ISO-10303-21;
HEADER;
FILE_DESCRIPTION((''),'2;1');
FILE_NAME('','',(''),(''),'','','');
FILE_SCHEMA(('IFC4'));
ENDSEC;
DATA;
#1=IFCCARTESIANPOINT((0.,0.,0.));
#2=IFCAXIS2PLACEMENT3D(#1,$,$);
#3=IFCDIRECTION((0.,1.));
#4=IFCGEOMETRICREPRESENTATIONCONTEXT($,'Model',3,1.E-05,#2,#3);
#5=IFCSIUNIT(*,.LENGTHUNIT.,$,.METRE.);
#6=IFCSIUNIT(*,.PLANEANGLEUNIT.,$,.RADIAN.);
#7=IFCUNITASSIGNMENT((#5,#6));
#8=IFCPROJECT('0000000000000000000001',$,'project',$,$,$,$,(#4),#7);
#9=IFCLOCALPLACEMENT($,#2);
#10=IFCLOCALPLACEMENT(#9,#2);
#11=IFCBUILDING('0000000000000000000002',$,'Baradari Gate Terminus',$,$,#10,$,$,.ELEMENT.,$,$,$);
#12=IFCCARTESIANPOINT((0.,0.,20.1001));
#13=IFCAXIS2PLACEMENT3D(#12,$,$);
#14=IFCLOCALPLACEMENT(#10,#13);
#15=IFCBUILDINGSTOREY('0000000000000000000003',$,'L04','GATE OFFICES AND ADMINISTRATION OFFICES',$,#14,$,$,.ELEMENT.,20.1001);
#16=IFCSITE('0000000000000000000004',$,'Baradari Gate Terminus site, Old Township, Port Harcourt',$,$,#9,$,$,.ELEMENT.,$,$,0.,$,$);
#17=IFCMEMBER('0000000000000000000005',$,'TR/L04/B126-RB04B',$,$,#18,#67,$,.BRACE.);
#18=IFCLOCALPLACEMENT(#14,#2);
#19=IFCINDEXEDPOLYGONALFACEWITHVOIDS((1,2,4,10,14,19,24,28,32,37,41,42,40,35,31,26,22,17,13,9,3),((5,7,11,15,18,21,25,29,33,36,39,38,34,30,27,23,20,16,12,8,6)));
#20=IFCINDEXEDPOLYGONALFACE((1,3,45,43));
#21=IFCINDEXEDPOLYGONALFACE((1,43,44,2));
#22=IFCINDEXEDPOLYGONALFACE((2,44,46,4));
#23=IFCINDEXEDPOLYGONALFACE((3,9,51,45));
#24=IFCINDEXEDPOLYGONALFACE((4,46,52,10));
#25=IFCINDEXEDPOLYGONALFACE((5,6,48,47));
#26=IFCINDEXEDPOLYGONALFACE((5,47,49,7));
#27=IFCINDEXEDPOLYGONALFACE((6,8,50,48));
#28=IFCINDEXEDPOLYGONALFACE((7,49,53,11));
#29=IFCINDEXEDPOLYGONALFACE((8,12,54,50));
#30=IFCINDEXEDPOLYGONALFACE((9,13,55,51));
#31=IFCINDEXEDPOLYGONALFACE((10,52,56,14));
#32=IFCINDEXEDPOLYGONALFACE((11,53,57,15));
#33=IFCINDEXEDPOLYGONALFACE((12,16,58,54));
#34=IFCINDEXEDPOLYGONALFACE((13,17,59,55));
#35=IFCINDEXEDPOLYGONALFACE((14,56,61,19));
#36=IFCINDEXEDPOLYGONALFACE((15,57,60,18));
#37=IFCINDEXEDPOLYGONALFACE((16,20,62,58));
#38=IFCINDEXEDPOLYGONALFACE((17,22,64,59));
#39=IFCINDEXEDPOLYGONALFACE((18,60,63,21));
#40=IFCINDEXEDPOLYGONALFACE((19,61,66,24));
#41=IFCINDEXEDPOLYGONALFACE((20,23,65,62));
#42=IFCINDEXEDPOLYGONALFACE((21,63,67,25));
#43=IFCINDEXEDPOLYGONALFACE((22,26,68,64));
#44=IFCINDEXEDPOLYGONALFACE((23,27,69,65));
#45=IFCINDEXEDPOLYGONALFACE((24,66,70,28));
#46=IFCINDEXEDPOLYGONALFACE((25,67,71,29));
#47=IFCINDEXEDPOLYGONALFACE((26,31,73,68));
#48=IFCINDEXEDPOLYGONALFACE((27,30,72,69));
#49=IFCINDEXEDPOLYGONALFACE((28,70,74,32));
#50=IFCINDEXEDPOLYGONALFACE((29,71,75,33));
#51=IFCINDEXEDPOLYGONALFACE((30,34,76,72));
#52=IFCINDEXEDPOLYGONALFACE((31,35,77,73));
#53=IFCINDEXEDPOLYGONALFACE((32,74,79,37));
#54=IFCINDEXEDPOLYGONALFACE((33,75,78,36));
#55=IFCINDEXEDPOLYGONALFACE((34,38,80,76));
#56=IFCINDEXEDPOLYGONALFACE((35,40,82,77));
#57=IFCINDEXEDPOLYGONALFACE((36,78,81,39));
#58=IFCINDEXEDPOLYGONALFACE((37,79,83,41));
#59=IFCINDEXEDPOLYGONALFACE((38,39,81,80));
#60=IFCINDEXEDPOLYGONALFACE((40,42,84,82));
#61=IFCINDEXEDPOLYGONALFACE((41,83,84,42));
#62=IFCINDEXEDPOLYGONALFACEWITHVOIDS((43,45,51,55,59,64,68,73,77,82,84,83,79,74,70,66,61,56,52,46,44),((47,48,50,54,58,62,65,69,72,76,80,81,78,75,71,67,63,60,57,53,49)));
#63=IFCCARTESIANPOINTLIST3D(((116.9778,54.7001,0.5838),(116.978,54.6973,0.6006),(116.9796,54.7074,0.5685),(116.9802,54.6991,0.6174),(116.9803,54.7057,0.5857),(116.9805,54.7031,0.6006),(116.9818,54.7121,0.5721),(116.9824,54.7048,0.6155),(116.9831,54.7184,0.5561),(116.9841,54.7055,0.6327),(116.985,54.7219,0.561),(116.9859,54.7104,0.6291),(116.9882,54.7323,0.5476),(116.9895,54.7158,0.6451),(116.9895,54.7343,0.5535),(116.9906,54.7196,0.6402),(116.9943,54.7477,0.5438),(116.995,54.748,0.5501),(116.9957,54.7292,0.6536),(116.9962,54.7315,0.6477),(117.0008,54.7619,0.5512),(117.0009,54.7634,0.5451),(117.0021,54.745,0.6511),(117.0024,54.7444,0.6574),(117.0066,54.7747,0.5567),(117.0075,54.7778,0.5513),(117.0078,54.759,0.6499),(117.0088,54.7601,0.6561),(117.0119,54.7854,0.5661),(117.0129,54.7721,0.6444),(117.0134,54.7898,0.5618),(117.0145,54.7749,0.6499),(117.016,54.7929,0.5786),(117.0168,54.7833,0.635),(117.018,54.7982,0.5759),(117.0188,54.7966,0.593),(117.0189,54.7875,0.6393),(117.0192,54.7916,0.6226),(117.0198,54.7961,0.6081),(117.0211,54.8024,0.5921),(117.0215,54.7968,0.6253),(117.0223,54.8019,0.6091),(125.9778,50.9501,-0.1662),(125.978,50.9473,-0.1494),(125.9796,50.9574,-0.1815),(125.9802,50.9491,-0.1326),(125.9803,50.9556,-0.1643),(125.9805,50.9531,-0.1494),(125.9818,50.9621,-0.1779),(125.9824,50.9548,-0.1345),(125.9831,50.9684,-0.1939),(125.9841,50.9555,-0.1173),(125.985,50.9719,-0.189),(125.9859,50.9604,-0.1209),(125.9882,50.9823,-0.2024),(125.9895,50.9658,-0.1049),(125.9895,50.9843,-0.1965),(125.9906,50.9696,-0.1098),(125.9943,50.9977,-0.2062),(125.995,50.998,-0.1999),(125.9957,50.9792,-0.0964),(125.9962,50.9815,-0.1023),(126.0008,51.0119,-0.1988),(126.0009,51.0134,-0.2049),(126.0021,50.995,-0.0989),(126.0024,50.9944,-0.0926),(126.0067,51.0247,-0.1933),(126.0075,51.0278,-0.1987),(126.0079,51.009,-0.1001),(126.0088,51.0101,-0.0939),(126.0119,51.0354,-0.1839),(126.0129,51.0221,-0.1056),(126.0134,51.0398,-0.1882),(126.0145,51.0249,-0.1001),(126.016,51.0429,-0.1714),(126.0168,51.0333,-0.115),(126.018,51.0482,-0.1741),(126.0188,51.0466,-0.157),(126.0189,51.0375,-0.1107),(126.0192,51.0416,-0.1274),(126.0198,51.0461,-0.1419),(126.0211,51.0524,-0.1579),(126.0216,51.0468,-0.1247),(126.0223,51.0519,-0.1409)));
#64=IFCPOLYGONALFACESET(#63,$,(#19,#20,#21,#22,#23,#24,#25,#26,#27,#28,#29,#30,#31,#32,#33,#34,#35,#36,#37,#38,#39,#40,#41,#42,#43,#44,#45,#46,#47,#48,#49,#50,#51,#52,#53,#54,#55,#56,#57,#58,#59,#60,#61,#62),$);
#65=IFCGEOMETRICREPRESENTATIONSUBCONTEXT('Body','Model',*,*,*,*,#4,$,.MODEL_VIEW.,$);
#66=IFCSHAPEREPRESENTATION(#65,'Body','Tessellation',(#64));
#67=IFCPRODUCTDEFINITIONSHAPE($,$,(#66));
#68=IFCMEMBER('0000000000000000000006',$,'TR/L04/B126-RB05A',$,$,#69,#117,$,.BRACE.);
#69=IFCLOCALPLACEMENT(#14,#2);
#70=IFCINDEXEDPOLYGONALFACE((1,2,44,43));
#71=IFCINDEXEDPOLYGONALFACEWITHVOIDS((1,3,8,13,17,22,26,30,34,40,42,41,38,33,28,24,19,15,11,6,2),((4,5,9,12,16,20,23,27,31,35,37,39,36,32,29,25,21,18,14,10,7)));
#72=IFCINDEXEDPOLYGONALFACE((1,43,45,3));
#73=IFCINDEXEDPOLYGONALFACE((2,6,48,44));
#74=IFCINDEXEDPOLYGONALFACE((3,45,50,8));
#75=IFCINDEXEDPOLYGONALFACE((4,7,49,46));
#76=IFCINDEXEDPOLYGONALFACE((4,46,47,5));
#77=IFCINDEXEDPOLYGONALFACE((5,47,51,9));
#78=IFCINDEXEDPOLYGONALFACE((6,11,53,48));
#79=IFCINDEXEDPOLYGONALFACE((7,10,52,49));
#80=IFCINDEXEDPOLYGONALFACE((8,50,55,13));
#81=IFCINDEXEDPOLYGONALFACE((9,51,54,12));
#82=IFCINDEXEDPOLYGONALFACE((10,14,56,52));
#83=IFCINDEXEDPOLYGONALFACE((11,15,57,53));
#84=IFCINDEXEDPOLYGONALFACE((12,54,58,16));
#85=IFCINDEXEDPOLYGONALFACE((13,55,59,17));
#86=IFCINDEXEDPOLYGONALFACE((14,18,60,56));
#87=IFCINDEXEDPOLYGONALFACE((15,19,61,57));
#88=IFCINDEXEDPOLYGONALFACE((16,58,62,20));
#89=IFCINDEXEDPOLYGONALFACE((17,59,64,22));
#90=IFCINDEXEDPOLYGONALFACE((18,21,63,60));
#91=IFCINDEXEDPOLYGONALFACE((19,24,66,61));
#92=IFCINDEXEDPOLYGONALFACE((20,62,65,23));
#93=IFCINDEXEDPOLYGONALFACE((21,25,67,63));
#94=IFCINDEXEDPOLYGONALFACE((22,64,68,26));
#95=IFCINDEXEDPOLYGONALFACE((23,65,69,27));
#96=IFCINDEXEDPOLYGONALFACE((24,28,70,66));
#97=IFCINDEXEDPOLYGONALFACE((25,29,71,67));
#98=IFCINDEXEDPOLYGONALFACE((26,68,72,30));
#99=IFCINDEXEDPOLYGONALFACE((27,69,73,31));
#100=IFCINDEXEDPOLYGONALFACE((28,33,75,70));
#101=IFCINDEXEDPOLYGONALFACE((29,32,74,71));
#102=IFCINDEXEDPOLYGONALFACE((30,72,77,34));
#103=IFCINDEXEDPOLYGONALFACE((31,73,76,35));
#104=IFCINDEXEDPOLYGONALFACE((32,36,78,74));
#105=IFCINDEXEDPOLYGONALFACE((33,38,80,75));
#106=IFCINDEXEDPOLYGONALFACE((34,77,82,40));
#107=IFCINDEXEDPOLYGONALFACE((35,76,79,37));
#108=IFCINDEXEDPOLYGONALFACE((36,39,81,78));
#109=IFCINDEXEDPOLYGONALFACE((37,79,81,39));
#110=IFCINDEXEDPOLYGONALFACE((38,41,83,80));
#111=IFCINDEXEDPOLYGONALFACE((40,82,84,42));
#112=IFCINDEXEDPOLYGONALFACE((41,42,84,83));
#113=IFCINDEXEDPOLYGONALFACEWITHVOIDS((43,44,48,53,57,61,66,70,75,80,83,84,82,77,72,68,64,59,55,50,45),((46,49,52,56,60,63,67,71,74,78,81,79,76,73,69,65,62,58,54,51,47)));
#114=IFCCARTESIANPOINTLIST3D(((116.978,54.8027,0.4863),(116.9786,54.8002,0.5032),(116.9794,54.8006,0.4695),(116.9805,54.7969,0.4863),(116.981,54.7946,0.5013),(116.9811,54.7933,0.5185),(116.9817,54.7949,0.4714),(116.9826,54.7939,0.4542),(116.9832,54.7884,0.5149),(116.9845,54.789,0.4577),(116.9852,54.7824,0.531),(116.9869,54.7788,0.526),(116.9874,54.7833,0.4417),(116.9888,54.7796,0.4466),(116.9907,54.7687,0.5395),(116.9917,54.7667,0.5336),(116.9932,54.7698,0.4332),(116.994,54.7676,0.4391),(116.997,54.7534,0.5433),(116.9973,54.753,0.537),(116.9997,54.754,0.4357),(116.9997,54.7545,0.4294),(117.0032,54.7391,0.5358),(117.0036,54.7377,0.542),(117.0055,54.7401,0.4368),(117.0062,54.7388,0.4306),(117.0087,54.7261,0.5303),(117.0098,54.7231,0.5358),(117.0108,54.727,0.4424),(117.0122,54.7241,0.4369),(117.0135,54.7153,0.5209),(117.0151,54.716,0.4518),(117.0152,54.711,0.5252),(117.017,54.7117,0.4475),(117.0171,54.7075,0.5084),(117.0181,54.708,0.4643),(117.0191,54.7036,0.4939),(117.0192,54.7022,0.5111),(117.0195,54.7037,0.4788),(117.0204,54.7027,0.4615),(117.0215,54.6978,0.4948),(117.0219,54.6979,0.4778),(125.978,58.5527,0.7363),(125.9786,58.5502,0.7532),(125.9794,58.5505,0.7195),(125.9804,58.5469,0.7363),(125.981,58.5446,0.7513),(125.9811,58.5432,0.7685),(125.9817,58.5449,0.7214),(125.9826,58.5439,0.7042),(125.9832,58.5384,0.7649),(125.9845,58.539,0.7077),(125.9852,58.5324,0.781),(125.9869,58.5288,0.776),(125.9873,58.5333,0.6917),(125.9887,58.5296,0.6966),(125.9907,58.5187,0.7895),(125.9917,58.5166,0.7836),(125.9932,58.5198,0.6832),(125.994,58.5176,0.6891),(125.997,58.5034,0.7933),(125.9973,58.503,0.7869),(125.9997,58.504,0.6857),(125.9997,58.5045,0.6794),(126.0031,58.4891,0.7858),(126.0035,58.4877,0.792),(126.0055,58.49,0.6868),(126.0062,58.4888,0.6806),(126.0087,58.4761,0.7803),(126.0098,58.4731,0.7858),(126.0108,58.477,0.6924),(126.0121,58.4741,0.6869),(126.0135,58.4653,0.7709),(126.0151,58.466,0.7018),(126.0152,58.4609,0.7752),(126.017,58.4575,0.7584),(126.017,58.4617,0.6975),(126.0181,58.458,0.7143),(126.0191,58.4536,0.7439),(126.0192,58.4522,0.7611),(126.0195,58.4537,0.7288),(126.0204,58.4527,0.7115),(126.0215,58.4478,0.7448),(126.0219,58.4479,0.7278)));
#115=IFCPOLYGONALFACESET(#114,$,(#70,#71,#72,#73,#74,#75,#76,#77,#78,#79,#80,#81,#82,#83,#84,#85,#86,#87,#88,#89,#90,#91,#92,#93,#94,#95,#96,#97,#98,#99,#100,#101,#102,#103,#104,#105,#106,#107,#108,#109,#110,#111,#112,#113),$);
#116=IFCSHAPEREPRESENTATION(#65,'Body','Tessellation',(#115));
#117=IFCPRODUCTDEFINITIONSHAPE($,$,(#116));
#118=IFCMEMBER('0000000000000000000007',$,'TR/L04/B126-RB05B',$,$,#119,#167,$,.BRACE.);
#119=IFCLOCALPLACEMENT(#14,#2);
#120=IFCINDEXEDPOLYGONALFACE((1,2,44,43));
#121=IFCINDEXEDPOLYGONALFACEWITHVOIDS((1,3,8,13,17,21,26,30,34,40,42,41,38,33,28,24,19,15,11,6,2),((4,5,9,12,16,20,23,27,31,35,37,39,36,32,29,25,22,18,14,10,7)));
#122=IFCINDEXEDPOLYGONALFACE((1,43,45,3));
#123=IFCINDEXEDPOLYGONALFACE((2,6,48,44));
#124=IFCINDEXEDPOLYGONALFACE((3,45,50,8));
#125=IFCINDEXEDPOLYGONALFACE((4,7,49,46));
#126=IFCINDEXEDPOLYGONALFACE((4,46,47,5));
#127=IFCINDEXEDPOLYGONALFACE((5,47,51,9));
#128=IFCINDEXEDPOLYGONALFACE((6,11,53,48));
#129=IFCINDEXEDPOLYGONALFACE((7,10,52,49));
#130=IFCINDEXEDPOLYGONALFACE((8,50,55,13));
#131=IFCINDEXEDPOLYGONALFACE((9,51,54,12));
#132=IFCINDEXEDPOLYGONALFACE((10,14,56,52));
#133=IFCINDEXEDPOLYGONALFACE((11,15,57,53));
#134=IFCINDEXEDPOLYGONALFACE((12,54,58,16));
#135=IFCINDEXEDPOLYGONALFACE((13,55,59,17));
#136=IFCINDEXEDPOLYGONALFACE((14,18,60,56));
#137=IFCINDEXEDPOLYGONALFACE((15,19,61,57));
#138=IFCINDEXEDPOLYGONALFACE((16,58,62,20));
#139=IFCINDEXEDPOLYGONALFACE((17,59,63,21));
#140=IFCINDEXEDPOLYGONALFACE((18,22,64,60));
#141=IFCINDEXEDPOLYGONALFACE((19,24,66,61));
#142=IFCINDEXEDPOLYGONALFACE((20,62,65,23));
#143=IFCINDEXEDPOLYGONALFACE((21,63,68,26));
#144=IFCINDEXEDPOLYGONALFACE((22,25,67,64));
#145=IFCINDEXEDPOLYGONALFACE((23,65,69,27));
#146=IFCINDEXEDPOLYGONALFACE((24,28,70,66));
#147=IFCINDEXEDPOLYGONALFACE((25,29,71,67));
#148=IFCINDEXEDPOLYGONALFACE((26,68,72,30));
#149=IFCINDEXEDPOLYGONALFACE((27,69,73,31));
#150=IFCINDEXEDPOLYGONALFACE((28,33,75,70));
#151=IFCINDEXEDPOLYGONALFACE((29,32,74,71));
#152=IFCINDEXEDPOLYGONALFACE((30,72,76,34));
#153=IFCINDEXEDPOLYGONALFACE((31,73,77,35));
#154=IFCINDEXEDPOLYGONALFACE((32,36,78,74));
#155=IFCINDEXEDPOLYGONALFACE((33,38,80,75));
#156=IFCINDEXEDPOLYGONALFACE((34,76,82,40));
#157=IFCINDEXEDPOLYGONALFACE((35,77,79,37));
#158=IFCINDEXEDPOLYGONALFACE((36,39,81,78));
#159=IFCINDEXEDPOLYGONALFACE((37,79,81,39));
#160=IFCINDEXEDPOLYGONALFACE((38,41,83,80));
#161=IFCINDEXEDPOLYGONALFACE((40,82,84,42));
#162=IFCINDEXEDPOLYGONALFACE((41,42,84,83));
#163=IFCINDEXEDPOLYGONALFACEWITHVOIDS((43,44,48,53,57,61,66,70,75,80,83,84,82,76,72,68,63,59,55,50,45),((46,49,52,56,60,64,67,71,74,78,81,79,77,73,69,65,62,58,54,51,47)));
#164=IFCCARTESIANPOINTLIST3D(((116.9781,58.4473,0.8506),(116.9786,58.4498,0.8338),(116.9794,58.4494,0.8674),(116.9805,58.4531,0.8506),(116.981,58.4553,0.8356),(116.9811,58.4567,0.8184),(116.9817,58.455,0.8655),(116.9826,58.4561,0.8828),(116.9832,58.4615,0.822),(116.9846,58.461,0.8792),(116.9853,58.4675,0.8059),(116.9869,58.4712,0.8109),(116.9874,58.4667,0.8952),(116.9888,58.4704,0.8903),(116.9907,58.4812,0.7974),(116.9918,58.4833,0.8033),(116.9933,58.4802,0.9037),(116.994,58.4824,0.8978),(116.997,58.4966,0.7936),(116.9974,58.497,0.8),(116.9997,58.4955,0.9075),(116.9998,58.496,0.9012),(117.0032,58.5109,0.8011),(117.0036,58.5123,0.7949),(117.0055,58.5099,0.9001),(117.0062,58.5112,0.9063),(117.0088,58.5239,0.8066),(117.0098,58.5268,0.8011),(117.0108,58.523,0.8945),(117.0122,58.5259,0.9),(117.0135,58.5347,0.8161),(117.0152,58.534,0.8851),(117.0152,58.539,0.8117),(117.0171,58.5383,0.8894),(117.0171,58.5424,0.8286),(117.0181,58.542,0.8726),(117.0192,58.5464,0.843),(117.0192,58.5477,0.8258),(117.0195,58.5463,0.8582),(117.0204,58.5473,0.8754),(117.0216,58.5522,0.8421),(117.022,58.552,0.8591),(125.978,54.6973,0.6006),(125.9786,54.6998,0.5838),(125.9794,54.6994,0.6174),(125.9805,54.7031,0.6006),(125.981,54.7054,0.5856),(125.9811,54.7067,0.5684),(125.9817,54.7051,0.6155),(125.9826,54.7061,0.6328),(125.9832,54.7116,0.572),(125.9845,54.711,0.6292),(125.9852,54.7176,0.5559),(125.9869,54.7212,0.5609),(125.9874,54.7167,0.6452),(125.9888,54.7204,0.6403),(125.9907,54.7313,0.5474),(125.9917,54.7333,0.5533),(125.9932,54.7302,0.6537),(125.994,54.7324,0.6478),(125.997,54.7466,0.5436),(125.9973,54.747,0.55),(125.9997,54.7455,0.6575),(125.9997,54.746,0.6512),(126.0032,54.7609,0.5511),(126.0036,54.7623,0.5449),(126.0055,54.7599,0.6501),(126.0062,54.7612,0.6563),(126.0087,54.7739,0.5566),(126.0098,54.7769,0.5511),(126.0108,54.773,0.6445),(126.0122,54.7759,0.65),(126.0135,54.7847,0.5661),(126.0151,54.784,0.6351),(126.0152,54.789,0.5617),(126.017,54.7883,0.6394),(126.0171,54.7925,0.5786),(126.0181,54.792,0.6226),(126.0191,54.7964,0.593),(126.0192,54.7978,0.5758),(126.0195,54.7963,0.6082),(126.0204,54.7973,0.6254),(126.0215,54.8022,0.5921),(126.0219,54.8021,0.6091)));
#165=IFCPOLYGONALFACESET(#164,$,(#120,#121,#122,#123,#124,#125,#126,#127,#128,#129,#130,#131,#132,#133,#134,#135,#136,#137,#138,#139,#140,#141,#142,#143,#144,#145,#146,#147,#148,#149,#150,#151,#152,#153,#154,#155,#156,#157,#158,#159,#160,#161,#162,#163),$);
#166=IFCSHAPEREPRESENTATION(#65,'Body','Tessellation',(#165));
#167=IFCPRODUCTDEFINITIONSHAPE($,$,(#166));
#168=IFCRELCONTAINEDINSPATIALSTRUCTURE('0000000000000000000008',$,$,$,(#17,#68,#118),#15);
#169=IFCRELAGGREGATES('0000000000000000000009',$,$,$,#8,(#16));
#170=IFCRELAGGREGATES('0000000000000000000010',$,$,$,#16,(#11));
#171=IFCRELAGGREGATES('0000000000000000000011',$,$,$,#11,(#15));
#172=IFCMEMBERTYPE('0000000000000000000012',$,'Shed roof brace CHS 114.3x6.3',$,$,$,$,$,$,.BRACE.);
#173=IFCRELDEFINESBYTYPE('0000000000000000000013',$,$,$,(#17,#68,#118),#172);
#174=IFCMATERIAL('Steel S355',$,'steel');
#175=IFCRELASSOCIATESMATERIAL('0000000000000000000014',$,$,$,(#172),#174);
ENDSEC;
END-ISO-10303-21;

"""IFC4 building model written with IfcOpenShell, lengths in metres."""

from ifc_helpers import new_model, si_unit, direction, frame, origin, origin_2d, place, context, subcontext, project, spatial, hollow_circle, extrude, material, material_profile, profile_set, type_object, element, save


model = new_model("IFC4")

# Units and contexts
model_context = context("Model", 3, precision=1e-05, world=origin(), true_north=direction((0.0, 1.0)))
body_context = subcontext(model_context, "Body", "Model", "MODEL_VIEW")
ifc_project = project(units=[si_unit("LENGTHUNIT", "METRE"), si_unit("PLANEANGLEUNIT", "RADIAN")], contexts=[model_context])

# Site, building, storey
site_placement = place(None, origin())
site = spatial("IfcSite", under=ifc_project, at=site_placement, Name="Baradari Gate Terminus site, Old Township, Port Harcourt", CompositionType="ELEMENT", RefElevation=0.0)
building_placement = place(site_placement, origin())
building = spatial("IfcBuilding", under=site, at=building_placement, Name="Baradari Gate Terminus", CompositionType="ELEMENT")
storey_placement = place(building_placement, frame((0.0, 0.0, 20.1001)))
storey = spatial("IfcBuildingStorey", under=building, at=storey_placement, Name="L04", Description="GATE OFFICES AND ADMINISTRATION OFFICES", CompositionType="ELEMENT", Elevation=20.1001)

# Members
ifc_material_1 = material(Name="Steel S355", Category="steel")
ifc_material_profile_1 = material_profile(ifc_material_1, hollow_circle(Radius=0.0571, WallThickness=0.0063, at=origin_2d()), Name="CHS 114.3x6.3")
ifc_profile_set_1 = profile_set([ifc_material_profile_1], Name="Steel S355")
member_type_1 = type_object("IfcMemberType", Name="Shed roof brace CHS 114.3x6.3", PredefinedType="BRACE", material=ifc_profile_set_1)
member_1_placement = place(storey_placement, frame((126.0, 51.0, -0.1494), z_axis=(-0.920358, 0.383482, 0.076696), x_axis=(-0.384615, -0.923077, 0.0)))
element("IfcMember", 1, at=member_1_placement, inside=storey, type_object=member_type_1, Name="TR/L04/B126-RB04B", PredefinedType="BRACE", context=body_context, shape_type="SweptSolid", body=[
    extrude(hollow_circle(Radius=0.0571, WallThickness=0.0063, at=origin_2d()), origin(), (0.0, 0.0, 1.0), 9.7788),
])
for number, where, z_axis, x_axis, name in (
    (2, (117.0, 54.75, 0.4863), (0.922774, 0.384489, 0.025633), (-0.384615, 0.923077, 0.0), "TR/L04/B126-RB05A"),
    (3, (126.0, 54.75, 0.6006), (-0.922774, 0.384489, 0.025633), (-0.384615, -0.923077, 0.0), "TR/L04/B126-RB05B"),
):
    element("IfcMember", number, at=place(storey_placement, frame(where, z_axis=z_axis, x_axis=x_axis)), inside=storey, type_object=member_type_1, Name=name, PredefinedType="BRACE", context=body_context, shape_type="SweptSolid", body=[
        extrude(hollow_circle(Radius=0.0571, WallThickness=0.0063, at=origin_2d()), origin(), (0.0, 0.0, 1.0), 9.7532),
    ])

save(model, "model.ifc")
